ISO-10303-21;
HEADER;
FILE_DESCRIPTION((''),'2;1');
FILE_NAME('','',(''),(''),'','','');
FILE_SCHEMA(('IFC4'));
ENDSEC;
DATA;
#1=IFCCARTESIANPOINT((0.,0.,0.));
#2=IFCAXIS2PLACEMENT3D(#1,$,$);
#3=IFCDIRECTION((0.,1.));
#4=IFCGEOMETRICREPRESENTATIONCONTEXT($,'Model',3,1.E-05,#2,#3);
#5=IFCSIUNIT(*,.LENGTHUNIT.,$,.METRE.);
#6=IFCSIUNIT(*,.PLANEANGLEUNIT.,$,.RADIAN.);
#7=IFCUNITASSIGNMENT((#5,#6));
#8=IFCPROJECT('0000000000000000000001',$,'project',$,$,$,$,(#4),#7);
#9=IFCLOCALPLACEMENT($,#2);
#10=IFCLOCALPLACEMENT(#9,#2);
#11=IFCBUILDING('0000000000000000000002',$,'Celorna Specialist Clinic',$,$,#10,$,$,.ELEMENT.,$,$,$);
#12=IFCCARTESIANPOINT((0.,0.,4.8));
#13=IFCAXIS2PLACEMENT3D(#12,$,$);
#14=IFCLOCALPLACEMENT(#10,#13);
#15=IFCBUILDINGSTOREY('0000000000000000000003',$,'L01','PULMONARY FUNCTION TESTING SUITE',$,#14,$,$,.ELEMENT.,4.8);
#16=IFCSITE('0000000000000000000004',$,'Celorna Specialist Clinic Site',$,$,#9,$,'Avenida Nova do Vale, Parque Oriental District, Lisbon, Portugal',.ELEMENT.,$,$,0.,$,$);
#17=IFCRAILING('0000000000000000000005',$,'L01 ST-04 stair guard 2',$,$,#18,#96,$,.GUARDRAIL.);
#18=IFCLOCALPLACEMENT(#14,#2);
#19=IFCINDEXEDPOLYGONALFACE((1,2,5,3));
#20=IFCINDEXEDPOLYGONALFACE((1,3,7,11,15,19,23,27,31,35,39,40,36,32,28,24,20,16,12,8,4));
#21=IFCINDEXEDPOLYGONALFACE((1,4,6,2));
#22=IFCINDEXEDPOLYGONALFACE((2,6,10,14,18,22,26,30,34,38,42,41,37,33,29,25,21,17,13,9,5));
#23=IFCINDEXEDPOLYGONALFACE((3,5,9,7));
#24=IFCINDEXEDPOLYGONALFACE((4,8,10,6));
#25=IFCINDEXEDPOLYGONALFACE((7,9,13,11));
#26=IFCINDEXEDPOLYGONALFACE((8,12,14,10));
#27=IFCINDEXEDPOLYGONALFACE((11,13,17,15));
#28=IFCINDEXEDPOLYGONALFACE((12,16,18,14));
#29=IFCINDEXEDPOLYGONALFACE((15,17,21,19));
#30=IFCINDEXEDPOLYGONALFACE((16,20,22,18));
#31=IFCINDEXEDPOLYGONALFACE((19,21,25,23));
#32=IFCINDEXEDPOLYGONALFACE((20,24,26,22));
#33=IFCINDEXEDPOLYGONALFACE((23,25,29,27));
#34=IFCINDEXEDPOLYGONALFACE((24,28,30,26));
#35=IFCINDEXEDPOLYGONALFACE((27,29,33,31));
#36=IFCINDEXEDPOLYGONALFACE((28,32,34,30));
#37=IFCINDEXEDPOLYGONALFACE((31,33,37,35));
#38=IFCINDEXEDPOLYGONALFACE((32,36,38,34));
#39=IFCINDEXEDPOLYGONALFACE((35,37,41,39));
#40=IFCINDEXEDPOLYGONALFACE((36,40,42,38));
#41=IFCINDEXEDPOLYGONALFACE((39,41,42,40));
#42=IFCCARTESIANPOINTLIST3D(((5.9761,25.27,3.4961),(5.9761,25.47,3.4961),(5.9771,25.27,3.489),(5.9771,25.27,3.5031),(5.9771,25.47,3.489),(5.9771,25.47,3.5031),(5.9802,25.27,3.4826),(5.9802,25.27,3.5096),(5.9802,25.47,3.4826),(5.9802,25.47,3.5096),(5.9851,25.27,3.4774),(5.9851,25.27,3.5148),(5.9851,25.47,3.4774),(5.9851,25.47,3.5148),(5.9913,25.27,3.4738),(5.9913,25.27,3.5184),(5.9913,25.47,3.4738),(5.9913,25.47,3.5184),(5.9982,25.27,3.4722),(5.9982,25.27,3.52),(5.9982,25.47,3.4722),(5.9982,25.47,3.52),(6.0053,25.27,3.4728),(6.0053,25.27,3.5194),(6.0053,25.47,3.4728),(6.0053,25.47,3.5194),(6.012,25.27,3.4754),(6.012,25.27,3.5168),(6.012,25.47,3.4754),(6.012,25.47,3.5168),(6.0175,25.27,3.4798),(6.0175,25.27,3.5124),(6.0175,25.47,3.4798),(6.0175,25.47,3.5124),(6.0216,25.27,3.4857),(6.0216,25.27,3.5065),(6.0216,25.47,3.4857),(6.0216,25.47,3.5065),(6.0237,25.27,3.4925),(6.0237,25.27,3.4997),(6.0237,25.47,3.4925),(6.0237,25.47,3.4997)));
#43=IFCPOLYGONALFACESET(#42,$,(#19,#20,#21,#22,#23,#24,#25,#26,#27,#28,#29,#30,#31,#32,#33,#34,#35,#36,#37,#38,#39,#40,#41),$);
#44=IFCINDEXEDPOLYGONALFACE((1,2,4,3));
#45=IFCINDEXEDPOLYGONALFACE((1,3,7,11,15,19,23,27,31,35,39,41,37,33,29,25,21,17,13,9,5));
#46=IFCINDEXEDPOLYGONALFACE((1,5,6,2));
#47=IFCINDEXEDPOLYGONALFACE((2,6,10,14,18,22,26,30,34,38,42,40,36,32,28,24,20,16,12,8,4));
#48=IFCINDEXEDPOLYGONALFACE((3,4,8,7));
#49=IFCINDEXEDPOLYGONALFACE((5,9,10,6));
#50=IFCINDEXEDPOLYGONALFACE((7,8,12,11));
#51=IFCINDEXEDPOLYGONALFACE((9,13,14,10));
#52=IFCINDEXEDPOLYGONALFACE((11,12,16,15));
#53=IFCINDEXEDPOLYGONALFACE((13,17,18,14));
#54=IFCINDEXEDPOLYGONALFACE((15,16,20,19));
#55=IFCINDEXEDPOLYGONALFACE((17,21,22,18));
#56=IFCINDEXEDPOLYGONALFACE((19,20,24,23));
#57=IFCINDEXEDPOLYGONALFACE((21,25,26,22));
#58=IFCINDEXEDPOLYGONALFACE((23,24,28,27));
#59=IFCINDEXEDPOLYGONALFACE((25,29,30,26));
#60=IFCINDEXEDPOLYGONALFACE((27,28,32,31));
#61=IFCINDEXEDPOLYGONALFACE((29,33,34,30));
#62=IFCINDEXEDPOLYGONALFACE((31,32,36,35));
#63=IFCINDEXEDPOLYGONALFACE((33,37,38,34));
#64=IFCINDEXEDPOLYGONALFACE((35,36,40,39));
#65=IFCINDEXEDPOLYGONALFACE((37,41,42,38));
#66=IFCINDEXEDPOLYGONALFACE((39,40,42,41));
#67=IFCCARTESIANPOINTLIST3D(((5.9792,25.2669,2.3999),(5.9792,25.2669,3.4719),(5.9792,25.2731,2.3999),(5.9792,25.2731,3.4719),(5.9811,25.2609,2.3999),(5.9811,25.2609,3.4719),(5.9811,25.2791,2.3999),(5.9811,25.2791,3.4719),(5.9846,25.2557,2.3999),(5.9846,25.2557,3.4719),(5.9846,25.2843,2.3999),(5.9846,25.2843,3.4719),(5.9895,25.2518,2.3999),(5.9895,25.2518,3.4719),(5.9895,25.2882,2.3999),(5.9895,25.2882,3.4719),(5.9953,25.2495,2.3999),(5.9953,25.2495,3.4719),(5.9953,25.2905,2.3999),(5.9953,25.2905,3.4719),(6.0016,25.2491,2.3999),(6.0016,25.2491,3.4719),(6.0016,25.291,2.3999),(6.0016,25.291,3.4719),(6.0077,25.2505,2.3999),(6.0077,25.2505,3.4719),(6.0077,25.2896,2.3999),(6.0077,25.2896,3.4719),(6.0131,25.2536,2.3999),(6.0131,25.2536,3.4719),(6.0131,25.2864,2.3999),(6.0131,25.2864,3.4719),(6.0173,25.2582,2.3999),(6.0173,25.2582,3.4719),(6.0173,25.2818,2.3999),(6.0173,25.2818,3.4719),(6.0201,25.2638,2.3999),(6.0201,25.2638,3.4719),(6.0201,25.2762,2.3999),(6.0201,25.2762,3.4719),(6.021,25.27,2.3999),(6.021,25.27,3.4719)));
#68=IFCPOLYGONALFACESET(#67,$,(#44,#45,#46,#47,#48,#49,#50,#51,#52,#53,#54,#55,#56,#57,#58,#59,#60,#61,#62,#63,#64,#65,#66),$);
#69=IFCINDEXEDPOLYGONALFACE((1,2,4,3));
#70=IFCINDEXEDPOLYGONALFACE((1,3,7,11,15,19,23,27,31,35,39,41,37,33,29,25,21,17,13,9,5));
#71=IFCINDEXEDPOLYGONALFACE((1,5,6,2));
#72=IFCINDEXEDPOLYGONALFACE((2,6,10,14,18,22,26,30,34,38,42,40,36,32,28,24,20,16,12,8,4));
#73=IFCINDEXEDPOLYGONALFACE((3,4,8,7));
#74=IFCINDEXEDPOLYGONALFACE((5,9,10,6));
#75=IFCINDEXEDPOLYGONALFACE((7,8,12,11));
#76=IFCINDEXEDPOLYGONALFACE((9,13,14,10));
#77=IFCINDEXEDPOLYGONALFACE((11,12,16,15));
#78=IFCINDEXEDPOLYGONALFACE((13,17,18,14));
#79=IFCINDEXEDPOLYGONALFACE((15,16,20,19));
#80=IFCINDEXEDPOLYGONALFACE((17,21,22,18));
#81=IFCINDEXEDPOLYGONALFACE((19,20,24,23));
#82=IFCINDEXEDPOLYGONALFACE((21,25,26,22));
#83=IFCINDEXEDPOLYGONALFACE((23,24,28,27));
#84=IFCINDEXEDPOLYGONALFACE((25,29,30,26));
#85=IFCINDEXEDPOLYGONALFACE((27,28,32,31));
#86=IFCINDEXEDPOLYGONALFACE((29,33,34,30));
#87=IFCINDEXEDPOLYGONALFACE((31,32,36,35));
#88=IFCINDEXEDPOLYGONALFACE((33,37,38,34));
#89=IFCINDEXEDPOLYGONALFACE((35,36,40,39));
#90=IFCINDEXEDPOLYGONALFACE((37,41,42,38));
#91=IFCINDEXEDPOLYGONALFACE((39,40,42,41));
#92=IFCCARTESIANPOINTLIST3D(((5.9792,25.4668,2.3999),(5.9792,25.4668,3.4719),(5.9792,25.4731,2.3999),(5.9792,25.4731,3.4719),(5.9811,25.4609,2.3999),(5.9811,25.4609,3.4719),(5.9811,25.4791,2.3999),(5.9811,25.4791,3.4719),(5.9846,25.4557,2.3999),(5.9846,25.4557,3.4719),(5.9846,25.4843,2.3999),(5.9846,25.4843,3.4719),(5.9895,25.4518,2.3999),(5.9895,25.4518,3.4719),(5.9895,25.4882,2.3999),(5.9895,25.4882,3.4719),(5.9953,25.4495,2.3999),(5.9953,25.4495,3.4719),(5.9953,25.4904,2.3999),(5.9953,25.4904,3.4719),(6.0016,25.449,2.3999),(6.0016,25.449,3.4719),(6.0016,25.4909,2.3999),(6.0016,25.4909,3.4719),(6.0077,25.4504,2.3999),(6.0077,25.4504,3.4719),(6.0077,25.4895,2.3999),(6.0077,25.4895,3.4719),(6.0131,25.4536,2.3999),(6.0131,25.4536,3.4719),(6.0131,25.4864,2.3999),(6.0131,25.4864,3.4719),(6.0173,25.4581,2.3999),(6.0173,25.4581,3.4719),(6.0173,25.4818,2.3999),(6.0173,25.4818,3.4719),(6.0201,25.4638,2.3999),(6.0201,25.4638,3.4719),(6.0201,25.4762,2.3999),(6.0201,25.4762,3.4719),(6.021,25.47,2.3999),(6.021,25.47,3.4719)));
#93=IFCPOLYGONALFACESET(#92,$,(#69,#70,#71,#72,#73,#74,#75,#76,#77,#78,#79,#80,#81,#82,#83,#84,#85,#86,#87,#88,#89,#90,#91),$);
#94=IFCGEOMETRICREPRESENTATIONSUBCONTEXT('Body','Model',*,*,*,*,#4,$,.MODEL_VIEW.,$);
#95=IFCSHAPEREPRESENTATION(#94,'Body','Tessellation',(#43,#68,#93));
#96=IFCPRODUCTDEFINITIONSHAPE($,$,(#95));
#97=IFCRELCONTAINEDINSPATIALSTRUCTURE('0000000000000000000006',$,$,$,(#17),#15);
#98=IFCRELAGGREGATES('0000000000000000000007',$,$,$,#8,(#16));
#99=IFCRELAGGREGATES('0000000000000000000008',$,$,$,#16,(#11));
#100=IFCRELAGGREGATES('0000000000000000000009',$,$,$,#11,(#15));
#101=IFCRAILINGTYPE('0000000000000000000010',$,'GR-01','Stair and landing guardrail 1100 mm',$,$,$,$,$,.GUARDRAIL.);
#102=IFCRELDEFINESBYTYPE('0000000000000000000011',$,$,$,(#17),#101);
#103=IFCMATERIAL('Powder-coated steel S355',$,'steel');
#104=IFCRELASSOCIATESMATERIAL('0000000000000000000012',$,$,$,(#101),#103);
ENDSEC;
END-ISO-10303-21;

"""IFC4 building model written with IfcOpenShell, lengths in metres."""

from ifc_helpers import new_model, si_unit, direction, frame, origin, origin_2d, place, context, subcontext, project, spatial, circle, extrude, material, type_object, element, save


model = new_model("IFC4")

# Units and contexts
model_context = context("Model", 3, precision=1e-05, world=origin(), true_north=direction((0.0, 1.0)))
body_context = subcontext(model_context, "Body", "Model", "MODEL_VIEW")
ifc_project = project(units=[si_unit("LENGTHUNIT", "METRE"), si_unit("PLANEANGLEUNIT", "RADIAN")], contexts=[model_context])

# Site, building, storey
site_placement = place(None, origin())
site = spatial("IfcSite", under=ifc_project, at=site_placement, Name="Celorna Specialist Clinic Site", LongName="Avenida Nova do Vale, Parque Oriental District, Lisbon, Portugal", CompositionType="ELEMENT", RefElevation=0.0)
building_placement = place(site_placement, origin())
building = spatial("IfcBuilding", under=site, at=building_placement, Name="Celorna Specialist Clinic", CompositionType="ELEMENT")
storey_placement = place(building_placement, frame((0.0, 0.0, 4.8)))
storey = spatial("IfcBuildingStorey", under=building, at=storey_placement, Name="L01", Description="PULMONARY FUNCTION TESTING SUITE", CompositionType="ELEMENT", Elevation=4.8)

# Railing
ifc_material_1 = material(Name="Powder-coated steel S355", Category="steel")
railing_type_1 = type_object("IfcRailingType", Name="GR-01", Description="Stair and landing guardrail 1100 mm", PredefinedType="GUARDRAIL", material=ifc_material_1)
railing_1_placement = place(storey_placement, frame((6.0, 25.27, 2.3999)))
element("IfcRailing", 1, at=railing_1_placement, inside=storey, type_object=railing_type_1, Name="L01 ST-04 stair guard 2", PredefinedType="GUARDRAIL", context=body_context, shape_type="SweptSolid", body=[
    extrude(circle(Radius=0.0239, at=origin_2d()), frame((0.0, 0.0, 1.0962), z_axis=(0.0, 1.0, 0.0), x_axis=(-1.0, 0.0, 0.0)), (0.0, 0.0, 1.0), 0.2),
    extrude(circle(Radius=0.021, at=origin_2d()), origin(), (0.0, 0.0, 1.0), 1.072),
    extrude(circle(Radius=0.021, at=origin_2d()), frame((0.0, 0.2, 0.0)), (0.0, 0.0, 1.0), 1.072),
])

save(model, "model.ifc")
